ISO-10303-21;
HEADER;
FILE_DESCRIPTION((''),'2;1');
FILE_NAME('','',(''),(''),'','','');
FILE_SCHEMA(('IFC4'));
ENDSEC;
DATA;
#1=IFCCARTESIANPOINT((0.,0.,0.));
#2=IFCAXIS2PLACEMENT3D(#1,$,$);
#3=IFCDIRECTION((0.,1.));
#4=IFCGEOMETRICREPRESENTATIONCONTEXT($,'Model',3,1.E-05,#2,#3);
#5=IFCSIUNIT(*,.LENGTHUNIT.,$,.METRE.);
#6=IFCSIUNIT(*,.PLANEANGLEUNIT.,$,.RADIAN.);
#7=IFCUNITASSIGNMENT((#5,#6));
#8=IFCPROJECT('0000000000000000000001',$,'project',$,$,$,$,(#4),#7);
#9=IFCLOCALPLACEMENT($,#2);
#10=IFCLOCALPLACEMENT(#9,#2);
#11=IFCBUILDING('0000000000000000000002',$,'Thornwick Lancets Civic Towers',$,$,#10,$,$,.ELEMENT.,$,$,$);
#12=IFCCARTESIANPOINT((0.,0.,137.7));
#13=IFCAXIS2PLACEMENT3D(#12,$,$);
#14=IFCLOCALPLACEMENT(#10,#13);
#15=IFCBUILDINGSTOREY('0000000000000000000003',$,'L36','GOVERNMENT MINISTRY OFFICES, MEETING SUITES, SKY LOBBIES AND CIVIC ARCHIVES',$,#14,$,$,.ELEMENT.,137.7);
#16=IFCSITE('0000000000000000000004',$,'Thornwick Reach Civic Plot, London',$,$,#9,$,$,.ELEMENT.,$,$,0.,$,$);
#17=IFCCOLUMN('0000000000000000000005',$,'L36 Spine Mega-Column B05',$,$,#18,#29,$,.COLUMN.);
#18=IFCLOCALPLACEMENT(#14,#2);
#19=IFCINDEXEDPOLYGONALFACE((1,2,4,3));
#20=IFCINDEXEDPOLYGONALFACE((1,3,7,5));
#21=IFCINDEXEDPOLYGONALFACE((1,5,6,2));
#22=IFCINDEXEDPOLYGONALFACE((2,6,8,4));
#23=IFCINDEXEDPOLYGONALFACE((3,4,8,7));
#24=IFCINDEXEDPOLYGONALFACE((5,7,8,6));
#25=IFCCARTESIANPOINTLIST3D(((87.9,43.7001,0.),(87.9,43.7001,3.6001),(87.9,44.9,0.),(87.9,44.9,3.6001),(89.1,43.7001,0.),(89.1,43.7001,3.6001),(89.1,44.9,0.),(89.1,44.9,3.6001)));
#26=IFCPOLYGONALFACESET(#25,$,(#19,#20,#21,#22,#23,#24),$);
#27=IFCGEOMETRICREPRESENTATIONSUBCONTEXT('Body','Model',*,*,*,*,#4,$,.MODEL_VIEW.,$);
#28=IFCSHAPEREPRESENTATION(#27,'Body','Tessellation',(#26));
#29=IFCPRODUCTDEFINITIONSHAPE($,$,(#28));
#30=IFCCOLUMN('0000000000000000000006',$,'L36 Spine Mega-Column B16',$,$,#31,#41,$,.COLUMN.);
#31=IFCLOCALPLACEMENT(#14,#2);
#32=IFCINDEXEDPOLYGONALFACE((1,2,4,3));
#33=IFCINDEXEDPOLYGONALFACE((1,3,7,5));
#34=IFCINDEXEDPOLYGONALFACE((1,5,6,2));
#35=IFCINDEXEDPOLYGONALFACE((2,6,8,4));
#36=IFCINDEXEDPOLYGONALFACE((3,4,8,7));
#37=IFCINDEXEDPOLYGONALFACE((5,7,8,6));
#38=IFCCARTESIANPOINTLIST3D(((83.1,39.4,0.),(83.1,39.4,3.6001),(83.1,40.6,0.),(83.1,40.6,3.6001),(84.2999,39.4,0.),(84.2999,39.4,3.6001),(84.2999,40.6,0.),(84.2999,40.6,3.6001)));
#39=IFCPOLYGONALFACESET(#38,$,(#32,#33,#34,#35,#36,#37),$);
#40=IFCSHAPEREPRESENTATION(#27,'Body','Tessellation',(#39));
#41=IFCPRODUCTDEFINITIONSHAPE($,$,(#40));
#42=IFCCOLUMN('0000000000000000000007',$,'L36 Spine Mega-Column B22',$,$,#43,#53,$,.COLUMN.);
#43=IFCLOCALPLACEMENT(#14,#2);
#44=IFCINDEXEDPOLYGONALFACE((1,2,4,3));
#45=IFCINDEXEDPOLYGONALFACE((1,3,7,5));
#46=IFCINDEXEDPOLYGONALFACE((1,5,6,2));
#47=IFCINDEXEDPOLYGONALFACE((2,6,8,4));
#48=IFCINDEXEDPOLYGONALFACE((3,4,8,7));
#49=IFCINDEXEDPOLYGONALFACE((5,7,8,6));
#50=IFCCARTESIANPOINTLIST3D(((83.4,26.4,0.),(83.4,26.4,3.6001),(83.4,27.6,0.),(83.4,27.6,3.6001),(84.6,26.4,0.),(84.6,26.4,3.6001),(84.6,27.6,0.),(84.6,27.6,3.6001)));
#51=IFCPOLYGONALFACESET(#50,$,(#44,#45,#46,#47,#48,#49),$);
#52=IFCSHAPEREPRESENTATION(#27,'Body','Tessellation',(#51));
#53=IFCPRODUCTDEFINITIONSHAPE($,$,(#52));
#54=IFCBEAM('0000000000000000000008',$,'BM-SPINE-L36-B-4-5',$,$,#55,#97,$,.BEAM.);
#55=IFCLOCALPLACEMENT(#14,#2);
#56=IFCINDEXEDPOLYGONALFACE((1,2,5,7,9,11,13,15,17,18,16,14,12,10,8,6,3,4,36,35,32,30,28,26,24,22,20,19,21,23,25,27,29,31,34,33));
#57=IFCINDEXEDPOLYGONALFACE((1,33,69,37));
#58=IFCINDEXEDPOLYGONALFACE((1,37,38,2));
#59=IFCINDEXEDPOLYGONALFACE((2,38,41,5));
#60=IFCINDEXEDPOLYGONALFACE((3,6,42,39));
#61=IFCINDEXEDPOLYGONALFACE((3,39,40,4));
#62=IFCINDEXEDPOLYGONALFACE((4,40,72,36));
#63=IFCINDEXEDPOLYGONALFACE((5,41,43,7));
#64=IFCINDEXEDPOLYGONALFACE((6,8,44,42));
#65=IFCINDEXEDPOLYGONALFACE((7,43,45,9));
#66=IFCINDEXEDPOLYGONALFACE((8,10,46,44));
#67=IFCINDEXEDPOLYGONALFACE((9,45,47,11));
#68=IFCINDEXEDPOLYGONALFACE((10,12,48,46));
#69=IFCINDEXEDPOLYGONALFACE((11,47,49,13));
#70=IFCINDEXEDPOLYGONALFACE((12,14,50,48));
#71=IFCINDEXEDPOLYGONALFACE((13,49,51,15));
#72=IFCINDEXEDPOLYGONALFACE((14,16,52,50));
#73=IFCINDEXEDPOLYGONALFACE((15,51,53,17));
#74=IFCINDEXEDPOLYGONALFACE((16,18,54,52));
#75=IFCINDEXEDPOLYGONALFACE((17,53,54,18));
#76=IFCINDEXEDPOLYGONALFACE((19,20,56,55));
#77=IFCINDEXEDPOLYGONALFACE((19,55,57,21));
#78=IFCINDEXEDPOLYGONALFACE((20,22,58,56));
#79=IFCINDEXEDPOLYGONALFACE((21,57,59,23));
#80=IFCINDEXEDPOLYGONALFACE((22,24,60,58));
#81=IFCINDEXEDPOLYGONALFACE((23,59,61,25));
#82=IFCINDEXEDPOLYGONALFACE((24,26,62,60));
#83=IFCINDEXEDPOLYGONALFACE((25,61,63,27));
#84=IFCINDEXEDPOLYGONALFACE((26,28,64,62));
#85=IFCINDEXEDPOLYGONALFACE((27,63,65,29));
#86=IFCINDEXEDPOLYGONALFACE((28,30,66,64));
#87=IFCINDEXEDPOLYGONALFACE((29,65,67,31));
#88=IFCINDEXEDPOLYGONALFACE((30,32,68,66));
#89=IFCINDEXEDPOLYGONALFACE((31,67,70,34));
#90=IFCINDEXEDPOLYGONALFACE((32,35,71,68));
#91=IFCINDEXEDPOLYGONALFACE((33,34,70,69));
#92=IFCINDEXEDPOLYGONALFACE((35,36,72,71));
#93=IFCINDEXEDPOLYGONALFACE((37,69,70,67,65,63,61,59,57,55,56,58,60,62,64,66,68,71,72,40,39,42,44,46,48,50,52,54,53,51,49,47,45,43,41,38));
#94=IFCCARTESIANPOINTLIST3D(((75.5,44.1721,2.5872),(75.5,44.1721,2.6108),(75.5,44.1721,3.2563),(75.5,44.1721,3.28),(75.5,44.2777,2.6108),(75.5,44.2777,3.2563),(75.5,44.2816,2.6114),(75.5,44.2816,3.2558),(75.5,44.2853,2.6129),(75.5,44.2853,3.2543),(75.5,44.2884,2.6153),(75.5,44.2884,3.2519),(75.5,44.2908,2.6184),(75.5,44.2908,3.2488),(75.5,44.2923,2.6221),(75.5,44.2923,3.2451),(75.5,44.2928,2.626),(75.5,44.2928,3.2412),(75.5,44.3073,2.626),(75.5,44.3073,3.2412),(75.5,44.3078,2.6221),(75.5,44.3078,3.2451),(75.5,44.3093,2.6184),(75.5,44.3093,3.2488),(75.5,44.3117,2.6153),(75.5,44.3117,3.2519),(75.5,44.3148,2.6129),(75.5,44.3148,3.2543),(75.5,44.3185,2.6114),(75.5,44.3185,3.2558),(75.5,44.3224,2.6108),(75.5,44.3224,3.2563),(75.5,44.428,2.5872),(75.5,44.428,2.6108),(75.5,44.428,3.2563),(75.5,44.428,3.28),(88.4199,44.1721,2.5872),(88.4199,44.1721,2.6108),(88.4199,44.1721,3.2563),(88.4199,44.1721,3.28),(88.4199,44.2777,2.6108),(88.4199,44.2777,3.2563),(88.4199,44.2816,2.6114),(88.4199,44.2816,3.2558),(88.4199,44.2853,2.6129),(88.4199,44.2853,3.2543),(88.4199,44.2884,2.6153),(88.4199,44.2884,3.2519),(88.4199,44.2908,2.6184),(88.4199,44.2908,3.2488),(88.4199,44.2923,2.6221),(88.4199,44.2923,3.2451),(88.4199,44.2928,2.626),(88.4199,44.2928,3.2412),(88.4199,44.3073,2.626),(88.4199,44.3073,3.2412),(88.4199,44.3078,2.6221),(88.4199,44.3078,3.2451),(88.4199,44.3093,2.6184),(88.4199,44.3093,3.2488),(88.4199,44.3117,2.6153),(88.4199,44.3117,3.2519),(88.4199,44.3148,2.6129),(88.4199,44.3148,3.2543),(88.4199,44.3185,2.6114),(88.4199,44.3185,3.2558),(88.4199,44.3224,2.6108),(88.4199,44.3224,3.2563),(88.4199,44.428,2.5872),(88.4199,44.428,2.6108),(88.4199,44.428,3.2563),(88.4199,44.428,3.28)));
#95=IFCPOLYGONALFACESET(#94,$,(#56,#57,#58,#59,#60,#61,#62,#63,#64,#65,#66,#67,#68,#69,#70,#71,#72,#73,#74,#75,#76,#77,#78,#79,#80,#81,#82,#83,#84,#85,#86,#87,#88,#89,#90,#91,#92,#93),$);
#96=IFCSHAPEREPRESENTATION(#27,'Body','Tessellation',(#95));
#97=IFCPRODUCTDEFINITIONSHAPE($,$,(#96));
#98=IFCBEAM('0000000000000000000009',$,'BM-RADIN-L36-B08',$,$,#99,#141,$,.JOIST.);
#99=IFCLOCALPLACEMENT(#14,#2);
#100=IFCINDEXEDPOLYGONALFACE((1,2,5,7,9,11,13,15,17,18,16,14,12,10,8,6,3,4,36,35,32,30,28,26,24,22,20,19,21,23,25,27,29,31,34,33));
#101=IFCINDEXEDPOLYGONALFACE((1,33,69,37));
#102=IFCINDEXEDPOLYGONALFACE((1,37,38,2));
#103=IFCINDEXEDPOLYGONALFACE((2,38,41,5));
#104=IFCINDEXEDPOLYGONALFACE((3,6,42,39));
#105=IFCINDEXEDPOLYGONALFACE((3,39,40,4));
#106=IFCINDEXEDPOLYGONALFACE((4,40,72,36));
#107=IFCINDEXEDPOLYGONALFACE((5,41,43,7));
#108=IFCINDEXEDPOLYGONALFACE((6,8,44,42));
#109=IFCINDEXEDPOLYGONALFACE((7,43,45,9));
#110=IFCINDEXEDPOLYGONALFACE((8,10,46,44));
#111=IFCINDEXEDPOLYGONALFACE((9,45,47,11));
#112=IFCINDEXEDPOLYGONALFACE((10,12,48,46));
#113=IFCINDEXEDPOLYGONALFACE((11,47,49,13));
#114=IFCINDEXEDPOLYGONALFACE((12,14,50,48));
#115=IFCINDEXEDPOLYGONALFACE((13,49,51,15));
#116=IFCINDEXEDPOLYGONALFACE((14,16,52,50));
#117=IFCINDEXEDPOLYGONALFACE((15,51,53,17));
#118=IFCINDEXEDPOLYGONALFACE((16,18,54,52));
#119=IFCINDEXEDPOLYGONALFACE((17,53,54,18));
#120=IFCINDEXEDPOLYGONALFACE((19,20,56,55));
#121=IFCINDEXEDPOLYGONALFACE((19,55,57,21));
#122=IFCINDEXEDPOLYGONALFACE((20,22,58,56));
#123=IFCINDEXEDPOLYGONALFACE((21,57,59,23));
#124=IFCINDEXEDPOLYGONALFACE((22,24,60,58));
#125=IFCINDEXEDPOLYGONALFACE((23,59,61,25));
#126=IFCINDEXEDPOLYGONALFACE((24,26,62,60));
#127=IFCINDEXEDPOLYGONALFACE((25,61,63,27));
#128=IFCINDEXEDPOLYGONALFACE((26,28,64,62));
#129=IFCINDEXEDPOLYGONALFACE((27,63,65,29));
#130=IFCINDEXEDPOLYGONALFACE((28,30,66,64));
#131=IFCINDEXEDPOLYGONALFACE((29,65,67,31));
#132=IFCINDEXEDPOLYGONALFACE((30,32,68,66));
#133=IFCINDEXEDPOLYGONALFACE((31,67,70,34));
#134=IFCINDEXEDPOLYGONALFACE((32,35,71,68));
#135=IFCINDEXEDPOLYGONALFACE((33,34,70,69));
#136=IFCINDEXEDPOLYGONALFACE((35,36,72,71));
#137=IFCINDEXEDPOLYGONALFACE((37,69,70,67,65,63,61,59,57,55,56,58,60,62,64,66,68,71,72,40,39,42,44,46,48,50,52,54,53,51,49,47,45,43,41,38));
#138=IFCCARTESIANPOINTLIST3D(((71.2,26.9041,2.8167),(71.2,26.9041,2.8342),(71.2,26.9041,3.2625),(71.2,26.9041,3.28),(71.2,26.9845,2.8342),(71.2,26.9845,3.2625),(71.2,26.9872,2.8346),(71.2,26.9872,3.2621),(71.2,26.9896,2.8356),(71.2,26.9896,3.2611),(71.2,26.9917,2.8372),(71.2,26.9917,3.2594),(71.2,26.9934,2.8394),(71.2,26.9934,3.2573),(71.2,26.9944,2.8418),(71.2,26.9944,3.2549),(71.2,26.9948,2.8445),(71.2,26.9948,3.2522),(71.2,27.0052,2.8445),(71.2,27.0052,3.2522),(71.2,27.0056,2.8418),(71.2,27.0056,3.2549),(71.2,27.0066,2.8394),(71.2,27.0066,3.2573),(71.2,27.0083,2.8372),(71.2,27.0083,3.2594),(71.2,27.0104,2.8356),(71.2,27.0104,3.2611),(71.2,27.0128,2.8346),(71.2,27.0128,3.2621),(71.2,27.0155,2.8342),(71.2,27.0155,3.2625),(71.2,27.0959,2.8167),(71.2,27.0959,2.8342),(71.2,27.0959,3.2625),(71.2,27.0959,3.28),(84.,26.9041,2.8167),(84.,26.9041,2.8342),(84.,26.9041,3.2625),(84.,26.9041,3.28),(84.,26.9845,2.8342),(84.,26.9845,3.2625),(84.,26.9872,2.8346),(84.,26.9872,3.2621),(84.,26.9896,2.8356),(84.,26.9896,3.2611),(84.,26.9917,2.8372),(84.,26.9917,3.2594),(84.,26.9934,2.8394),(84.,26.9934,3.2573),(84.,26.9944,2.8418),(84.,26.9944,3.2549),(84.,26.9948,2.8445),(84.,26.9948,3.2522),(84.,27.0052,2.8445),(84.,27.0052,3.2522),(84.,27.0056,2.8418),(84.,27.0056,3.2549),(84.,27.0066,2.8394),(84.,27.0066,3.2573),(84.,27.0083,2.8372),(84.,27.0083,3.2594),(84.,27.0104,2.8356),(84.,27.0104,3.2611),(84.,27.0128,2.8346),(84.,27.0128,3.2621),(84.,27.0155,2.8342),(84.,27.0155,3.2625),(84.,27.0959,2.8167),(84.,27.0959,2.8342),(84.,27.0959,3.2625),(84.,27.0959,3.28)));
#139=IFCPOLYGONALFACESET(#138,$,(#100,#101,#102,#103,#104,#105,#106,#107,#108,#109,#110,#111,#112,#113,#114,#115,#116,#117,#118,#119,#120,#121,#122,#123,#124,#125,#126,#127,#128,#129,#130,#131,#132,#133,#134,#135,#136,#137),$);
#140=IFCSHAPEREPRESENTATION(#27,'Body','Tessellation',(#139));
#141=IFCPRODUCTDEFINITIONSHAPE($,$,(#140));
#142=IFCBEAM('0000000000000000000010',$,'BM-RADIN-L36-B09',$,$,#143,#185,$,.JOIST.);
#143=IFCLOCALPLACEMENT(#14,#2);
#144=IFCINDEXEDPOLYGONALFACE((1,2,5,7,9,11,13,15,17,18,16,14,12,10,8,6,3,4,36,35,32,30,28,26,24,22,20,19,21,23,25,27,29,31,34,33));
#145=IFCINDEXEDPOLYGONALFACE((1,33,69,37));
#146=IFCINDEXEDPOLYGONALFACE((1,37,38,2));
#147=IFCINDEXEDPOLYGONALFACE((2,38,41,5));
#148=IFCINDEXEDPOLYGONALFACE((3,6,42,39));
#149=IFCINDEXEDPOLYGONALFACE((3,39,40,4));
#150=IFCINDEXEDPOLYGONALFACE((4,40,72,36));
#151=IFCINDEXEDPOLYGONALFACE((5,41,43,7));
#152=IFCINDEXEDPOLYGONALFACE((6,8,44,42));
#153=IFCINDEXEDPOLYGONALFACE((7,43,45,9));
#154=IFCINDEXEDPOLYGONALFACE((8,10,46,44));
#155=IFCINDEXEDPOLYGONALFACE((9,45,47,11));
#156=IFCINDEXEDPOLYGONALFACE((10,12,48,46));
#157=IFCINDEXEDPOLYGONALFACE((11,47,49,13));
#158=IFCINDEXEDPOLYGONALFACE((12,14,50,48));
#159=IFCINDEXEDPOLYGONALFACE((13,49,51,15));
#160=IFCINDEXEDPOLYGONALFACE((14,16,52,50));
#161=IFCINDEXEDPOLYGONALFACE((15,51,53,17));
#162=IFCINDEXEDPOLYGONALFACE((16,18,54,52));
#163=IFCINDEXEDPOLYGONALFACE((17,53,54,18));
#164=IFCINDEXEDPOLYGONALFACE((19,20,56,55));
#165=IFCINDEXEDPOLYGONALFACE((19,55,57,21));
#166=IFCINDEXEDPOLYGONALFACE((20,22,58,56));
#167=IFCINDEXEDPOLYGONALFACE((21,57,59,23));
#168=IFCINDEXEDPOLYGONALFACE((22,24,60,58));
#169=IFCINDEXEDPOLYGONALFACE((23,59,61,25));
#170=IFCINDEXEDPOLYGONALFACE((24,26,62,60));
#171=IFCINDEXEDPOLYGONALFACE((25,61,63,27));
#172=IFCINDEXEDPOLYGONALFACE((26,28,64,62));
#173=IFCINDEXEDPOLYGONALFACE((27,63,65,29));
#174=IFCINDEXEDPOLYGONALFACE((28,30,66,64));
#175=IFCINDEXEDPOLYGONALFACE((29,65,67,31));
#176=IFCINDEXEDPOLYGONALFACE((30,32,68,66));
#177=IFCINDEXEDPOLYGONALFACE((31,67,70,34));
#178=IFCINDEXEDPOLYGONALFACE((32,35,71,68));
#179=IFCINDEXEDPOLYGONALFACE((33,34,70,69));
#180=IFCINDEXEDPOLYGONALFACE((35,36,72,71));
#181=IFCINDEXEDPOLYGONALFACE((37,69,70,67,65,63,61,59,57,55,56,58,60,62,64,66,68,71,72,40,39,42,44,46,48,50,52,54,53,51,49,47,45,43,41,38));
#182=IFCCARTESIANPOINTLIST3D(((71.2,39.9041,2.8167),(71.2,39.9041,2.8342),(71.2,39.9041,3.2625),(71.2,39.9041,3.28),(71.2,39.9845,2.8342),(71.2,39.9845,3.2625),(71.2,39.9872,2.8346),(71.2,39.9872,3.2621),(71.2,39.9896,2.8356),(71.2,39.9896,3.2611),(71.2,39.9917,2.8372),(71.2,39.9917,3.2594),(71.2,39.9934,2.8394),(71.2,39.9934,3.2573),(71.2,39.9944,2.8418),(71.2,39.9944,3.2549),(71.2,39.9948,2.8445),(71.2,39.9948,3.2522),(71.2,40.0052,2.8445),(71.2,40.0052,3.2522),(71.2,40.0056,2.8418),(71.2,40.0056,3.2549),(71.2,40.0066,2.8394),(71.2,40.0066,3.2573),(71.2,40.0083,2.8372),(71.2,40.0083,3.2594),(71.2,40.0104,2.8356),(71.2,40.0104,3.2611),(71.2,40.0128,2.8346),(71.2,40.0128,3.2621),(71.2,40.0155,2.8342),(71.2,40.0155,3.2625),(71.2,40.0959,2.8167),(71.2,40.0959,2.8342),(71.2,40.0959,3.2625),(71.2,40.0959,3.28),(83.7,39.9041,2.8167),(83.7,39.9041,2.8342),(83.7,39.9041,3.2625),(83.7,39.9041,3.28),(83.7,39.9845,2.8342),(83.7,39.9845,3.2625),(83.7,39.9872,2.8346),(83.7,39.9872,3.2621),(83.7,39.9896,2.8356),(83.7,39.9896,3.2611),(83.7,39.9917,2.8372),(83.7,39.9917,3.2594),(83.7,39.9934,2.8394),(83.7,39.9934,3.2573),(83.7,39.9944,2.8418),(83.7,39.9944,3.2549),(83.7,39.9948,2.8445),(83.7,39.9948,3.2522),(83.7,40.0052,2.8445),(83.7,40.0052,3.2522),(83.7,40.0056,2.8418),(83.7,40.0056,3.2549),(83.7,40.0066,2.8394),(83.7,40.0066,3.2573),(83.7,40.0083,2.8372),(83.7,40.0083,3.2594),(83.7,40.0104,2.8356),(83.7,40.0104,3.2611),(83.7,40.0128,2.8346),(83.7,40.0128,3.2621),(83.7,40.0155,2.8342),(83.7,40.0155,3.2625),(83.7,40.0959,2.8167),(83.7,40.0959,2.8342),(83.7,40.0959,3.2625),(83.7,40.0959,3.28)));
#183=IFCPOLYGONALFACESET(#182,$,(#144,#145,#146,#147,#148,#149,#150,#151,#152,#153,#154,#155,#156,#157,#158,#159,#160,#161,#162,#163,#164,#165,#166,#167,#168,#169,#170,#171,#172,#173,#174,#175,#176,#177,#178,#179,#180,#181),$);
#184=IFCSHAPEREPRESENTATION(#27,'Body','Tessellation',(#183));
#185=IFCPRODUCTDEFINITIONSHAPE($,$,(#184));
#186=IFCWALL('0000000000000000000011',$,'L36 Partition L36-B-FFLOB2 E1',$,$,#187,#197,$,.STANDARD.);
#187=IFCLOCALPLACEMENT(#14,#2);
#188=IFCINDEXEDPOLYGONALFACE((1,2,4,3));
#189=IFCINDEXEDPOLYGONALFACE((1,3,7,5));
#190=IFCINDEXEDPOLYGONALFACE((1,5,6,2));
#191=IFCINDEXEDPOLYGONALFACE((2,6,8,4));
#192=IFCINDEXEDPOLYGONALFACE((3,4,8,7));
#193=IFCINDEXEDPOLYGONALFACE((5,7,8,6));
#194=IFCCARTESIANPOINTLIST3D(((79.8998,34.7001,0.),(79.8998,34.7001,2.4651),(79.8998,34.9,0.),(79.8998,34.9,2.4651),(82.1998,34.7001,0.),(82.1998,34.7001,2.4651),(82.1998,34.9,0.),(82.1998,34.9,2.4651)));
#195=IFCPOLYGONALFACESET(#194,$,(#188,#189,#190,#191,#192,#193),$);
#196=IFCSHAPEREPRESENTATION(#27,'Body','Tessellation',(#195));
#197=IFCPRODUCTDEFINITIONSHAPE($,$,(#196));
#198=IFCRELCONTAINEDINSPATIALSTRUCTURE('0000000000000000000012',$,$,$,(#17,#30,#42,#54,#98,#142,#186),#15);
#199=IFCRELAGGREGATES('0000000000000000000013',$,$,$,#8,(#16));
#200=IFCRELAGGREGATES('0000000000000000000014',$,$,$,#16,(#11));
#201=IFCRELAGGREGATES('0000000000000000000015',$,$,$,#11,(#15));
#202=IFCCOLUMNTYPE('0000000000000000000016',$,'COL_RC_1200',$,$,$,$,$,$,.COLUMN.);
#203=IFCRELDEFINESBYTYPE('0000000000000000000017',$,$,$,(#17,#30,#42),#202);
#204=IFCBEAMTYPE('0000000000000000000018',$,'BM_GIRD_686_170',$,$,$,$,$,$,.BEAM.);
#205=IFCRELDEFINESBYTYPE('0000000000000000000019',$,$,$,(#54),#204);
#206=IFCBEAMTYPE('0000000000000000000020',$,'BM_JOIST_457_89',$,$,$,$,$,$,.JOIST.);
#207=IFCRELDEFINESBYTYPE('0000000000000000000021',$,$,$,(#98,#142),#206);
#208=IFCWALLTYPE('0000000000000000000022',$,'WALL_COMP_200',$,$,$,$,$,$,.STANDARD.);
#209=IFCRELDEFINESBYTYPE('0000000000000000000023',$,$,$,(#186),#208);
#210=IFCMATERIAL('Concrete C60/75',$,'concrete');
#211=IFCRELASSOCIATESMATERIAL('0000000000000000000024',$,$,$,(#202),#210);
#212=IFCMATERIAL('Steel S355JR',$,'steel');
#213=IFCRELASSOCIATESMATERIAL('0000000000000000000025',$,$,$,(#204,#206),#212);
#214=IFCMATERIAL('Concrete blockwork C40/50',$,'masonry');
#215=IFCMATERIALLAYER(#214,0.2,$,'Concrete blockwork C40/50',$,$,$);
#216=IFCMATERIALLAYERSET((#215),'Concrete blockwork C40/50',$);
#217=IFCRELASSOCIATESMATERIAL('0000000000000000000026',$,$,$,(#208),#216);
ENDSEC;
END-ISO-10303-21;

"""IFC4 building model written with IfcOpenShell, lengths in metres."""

from ifc_helpers import new_model, si_unit, direction, frame, frame_2d, origin, origin_2d, place, context, subcontext, project, spatial, rectangle, i_section, extrude, material, layer, layer_set, material_profile, profile_set, type_object, element, save


model = new_model("IFC4")

# Units and contexts
model_context = context("Model", 3, precision=1e-05, world=origin(), true_north=direction((0.0, 1.0)))
body_context = subcontext(model_context, "Body", "Model", "MODEL_VIEW")
ifc_project = project(units=[si_unit("LENGTHUNIT", "METRE"), si_unit("PLANEANGLEUNIT", "RADIAN")], contexts=[model_context])

# Site, building, storey
site_placement = place(None, origin())
site = spatial("IfcSite", under=ifc_project, at=site_placement, Name="Thornwick Reach Civic Plot, London", CompositionType="ELEMENT", RefElevation=0.0)
building_placement = place(site_placement, origin())
building = spatial("IfcBuilding", under=site, at=building_placement, Name="Thornwick Lancets Civic Towers", CompositionType="ELEMENT")
storey_placement = place(building_placement, frame((0.0, 0.0, 137.7)))
storey = spatial("IfcBuildingStorey", under=building, at=storey_placement, Name="L36", Description="GOVERNMENT MINISTRY OFFICES, MEETING SUITES, SKY LOBBIES AND CIVIC ARCHIVES", CompositionType="ELEMENT", Elevation=137.7)

# Columns
ifc_material_1 = material(Name="Concrete C60/75", Category="concrete")
ifc_material_profile_1 = material_profile(ifc_material_1, rectangle(XDim=1.2, YDim=1.2, at=origin_2d()), Name="RC 1200x1200")
ifc_profile_set_1 = profile_set([ifc_material_profile_1], Name="Concrete C60/75")
column_type = type_object("IfcColumnType", Name="COL_RC_1200", PredefinedType="COLUMN", material=ifc_profile_set_1)
for number, where, z_axis, x_axis, name in (
    (1, (88.5, 44.3, 0.0), (0.0, 0.0, 1.0), (1.0, 0.0, 0.0), "L36 Spine Mega-Column B05"),
    (2, (83.7, 40.0, 0.0), (0.0, 0.0, 1.0), (1.0, 0.0, 0.0), "L36 Spine Mega-Column B16"),
    (3, (84.0, 27.0, 0.0), (0.0, 0.0, 1.0), (1.0, 0.0, 0.0), "L36 Spine Mega-Column B22"),
):
    element("IfcColumn", number, at=place(storey_placement, frame(where, z_axis=z_axis, x_axis=x_axis)), inside=storey, type_object=column_type, Name=name, PredefinedType="COLUMN", context=body_context, shape_type="SweptSolid", body=[
        extrude(rectangle(XDim=1.2, YDim=1.2, at=origin_2d()), origin(), (0.0, 0.0, 1.0), 3.6001),
    ])

# Beams
ifc_material_2 = material(Name="Steel S355JR", Category="steel")
ifc_material_profile_2 = material_profile(ifc_material_2, i_section(OverallWidth=0.2559, OverallDepth=0.6929, WebThickness=0.0144, FlangeThickness=0.0237, FilletRadius=0.0151, at=origin_2d()), Name="UKB 686x254x170")
ifc_profile_set_2 = profile_set([ifc_material_profile_2], Name="Steel S355JR")
beam_type_1 = type_object("IfcBeamType", Name="BM_GIRD_686_170", PredefinedType="BEAM", material=ifc_profile_set_2)
beam_1_placement = place(storey_placement, frame((88.4199, 44.3, 2.9336), z_axis=(-1.0, 0.0, 0.0), x_axis=(0.0, -1.0, 0.0)))
element("IfcBeam", 4, at=beam_1_placement, inside=storey, type_object=beam_type_1, Name="BM-SPINE-L36-B-4-5", PredefinedType="BEAM", context=body_context, shape_type="SweptSolid", body=[
    extrude(i_section(OverallWidth=0.2559, OverallDepth=0.6929, WebThickness=0.0144, FlangeThickness=0.0237, FilletRadius=0.0151, at=origin_2d()), origin(), (0.0, 0.0, 1.0), 12.9199),
])
ifc_material_profile_3 = material_profile(ifc_material_2, i_section(OverallWidth=0.1919, OverallDepth=0.4634, WebThickness=0.0105, FlangeThickness=0.0176, FilletRadius=0.0103, at=origin_2d()), Name="UKB 457x191x89")
ifc_profile_set_3 = profile_set([ifc_material_profile_3], Name="Steel S355JR")
beam_type_2 = type_object("IfcBeamType", Name="BM_JOIST_457_89", PredefinedType="JOIST", material=ifc_profile_set_3)
beam_2_placement = place(storey_placement, frame((84.0, 27.0, 3.0483), z_axis=(-1.0, 0.0, 0.0), x_axis=(0.0, -1.0, 0.0)))
element("IfcBeam", 5, at=beam_2_placement, inside=storey, type_object=beam_type_2, Name="BM-RADIN-L36-B08", PredefinedType="JOIST", context=body_context, shape_type="SweptSolid", body=[
    extrude(i_section(OverallWidth=0.1919, OverallDepth=0.4634, WebThickness=0.0105, FlangeThickness=0.0176, FilletRadius=0.0103, at=origin_2d()), origin(), (0.0, 0.0, 1.0), 12.8),
])
beam_3_placement = place(storey_placement, frame((83.7, 40.0, 3.0483), z_axis=(-1.0, 0.0, 0.0), x_axis=(0.0, -1.0, 0.0)))
element("IfcBeam", 6, at=beam_3_placement, inside=storey, type_object=beam_type_2, Name="BM-RADIN-L36-B09", PredefinedType="JOIST", context=body_context, shape_type="SweptSolid", body=[
    extrude(i_section(OverallWidth=0.1919, OverallDepth=0.4634, WebThickness=0.0105, FlangeThickness=0.0176, FilletRadius=0.0103, at=origin_2d()), origin(), (0.0, 0.0, 1.0), 12.5),
])

# Wall
ifc_material_3 = material(Name="Concrete blockwork C40/50", Category="masonry")
ifc_layer_1 = layer(ifc_material_3, 0.2, Name="Concrete blockwork C40/50")
ifc_layer_set_1 = layer_set([ifc_layer_1], Name="Concrete blockwork C40/50")
wall_type_1 = type_object("IfcWallType", Name="WALL_COMP_200", PredefinedType="STANDARD", material=ifc_layer_set_1)
wall_1_placement = place(storey_placement, frame((79.8999, 34.8, 0.0), z_axis=(0.0, 0.0, 1.0), x_axis=(1.0, 0.0, 0.0)))
element("IfcWall", 7, at=wall_1_placement, inside=storey, type_object=wall_type_1, Name="L36 Partition L36-B-FFLOB2 E1", PredefinedType="STANDARD", context=body_context, shape_type="SweptSolid", body=[
    extrude(rectangle(XDim=2.3, YDim=0.2, at=frame_2d((1.1499, 0.0))), origin(), (0.0, 0.0, 1.0), 2.4651),
])

save(model, "model.ifc")
